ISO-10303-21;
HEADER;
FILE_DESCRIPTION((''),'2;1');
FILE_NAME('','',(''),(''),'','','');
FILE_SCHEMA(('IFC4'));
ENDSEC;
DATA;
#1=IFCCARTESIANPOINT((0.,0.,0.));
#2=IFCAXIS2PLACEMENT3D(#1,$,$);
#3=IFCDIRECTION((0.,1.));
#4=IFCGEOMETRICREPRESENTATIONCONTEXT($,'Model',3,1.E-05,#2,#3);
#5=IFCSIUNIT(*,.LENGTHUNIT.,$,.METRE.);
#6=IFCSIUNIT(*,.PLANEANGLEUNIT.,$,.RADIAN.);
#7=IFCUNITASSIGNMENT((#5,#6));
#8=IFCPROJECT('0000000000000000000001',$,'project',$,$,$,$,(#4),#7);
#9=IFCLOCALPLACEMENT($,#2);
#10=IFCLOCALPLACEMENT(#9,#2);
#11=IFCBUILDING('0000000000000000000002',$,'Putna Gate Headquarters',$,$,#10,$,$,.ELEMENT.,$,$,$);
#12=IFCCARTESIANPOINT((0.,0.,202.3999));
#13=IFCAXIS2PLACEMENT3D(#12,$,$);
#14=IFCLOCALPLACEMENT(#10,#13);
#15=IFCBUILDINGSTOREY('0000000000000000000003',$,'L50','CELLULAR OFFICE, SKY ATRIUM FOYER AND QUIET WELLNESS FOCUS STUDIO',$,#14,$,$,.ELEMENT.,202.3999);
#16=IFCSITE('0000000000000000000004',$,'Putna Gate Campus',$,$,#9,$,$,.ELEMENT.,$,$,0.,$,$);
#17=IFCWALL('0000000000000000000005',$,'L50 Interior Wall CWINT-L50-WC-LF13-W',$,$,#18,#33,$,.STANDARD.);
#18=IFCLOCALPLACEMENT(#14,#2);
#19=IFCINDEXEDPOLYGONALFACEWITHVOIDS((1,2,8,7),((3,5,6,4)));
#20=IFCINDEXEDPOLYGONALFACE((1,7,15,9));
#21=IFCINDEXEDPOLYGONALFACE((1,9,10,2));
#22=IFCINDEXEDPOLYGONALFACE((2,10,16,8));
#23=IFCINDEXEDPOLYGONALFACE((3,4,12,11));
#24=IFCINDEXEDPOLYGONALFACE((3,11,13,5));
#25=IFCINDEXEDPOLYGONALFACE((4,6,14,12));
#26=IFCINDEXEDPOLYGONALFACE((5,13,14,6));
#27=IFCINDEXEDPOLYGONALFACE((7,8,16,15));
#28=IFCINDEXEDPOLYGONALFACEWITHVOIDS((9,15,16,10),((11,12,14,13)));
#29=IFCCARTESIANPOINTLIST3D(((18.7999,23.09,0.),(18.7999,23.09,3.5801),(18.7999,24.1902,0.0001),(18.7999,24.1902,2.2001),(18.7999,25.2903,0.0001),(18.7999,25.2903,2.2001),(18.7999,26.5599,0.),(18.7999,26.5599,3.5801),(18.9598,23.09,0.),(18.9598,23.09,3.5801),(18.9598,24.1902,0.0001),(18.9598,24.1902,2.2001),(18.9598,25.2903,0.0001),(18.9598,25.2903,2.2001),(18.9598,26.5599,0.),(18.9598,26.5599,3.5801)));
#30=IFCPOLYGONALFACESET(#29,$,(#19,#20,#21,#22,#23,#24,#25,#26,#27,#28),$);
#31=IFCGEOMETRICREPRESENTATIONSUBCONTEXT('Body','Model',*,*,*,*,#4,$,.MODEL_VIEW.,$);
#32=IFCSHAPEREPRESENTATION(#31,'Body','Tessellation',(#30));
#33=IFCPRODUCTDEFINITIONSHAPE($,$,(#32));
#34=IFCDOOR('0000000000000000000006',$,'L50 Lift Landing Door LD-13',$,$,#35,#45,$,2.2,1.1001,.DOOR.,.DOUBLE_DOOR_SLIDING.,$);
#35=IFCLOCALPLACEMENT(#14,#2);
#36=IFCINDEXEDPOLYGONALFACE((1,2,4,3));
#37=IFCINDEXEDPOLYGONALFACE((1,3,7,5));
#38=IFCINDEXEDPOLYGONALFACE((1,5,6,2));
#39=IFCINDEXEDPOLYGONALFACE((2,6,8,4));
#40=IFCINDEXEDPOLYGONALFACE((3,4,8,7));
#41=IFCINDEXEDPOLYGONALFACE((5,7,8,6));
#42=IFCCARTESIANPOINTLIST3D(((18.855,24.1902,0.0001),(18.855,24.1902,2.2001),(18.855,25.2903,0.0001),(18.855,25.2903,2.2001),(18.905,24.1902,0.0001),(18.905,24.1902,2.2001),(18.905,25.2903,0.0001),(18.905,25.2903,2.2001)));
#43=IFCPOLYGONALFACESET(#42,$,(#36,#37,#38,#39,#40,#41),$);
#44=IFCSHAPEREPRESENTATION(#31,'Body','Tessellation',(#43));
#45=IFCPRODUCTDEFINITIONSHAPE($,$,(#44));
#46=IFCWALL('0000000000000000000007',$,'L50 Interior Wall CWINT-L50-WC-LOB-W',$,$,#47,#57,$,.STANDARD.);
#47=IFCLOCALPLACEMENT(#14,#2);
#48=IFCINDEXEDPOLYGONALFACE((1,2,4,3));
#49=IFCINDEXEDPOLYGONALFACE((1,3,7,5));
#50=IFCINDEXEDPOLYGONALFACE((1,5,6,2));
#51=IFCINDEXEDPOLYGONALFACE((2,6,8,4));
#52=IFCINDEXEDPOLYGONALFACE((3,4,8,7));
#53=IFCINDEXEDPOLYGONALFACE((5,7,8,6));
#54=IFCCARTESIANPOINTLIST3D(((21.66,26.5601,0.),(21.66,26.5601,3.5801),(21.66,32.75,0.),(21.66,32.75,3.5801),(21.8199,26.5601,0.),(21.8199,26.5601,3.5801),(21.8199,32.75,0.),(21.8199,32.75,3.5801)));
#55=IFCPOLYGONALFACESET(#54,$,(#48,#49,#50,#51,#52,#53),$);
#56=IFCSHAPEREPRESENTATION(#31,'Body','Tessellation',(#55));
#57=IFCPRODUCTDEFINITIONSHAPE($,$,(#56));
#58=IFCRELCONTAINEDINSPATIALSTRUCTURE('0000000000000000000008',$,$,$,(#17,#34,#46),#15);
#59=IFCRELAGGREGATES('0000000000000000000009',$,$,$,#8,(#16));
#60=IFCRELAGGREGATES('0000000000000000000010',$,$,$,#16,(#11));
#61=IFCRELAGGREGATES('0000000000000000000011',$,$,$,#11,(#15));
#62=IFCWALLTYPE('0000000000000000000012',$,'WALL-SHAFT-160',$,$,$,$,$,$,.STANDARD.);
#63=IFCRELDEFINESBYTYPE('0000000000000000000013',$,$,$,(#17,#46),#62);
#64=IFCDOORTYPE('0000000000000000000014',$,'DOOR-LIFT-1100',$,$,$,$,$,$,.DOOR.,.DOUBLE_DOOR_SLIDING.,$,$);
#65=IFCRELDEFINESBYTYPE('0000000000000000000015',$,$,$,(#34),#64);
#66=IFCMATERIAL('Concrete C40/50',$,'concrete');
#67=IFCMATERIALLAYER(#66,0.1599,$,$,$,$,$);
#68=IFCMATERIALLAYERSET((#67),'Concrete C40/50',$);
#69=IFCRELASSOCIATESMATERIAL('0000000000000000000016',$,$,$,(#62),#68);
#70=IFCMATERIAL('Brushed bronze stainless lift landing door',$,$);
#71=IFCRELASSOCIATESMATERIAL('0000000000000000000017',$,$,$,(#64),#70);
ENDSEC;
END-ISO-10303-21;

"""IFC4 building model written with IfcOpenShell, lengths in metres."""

from ifc_helpers import new_model, si_unit, direction, frame, frame_2d, origin, place, context, subcontext, project, spatial, rectangle, extrude, material, layer, layer_set, type_object, element, fill, save


model = new_model("IFC4")

# Units and contexts
model_context = context("Model", 3, precision=1e-05, world=origin(), true_north=direction((0.0, 1.0)))
body_context = subcontext(model_context, "Body", "Model", "MODEL_VIEW")
ifc_project = project(units=[si_unit("LENGTHUNIT", "METRE"), si_unit("PLANEANGLEUNIT", "RADIAN")], contexts=[model_context])

# Site, building, storey
site_placement = place(None, origin())
site = spatial("IfcSite", under=ifc_project, at=site_placement, Name="Putna Gate Campus", CompositionType="ELEMENT", RefElevation=0.0)
building_placement = place(site_placement, origin())
building = spatial("IfcBuilding", under=site, at=building_placement, Name="Putna Gate Headquarters", CompositionType="ELEMENT")
storey_placement = place(building_placement, frame((0.0, 0.0, 202.3999)))
storey = spatial("IfcBuildingStorey", under=building, at=storey_placement, Name="L50", Description="CELLULAR OFFICE, SKY ATRIUM FOYER AND QUIET WELLNESS FOCUS STUDIO", CompositionType="ELEMENT", Elevation=202.3999)

# Shared definitions
ifc_material_1 = material(Name="Concrete C40/50", Category="concrete")
ifc_layer_1 = layer(ifc_material_1, 0.1599)
ifc_layer_set_1 = layer_set([ifc_layer_1], Name="Concrete C40/50")
wall_type_1 = type_object("IfcWallType", Name="WALL-SHAFT-160", PredefinedType="STANDARD", material=ifc_layer_set_1)

# Wall, opening, door
wall_1_placement = place(storey_placement, frame((18.8799, 23.0901, 0.0), z_axis=(0.0, 0.0, 1.0), x_axis=(0.0, 1.0, 0.0)))
wall_1 = element("IfcWall", 1, at=wall_1_placement, inside=storey, type_object=wall_type_1, Name="L50 Interior Wall CWINT-L50-WC-LF13-W", PredefinedType="STANDARD", context=body_context, shape_type="SweptSolid", body=[
    extrude(rectangle(XDim=3.47, YDim=0.1599, at=frame_2d((1.7349, 0.0))), origin(), (0.0, 0.0, 1.0), 3.5801),
])
opening_1_placement = place(wall_1_placement, frame((1.1001, 0.0, 0.0)))
opening_1 = element("IfcOpeningElement", 2, at=opening_1_placement, cuts=wall_1, PredefinedType="OPENING", context=body_context, shape_type="SweptSolid", body=[
    extrude(rectangle(XDim=1.1001, YDim=2.2, at=frame_2d((0.55, 1.1001))), frame((0.0, 0.0898, 0.0), z_axis=(0.0, -1.0, 0.0), x_axis=(1.0, 0.0, 0.0)), (0.0, 0.0, 1.0), 0.1799),
])
ifc_material_2 = material(Name="Brushed bronze stainless lift landing door")
door_type_1 = type_object("IfcDoorType", Name="DOOR-LIFT-1100", OperationType="DOUBLE_DOOR_SLIDING", PredefinedType="DOOR", material=ifc_material_2)
door_1_placement = place(opening_1_placement, origin())
door_1 = element("IfcDoor", 3, at=door_1_placement, inside=storey, type_object=door_type_1, Name="L50 Lift Landing Door LD-13", OperationType="DOUBLE_DOOR_SLIDING", OverallHeight=2.2, OverallWidth=1.1001, PredefinedType="DOOR", context=body_context, shape_type="SweptSolid", body=[
    extrude(rectangle(XDim=1.1001, YDim=2.2, at=frame_2d((0.55, 1.1001))), frame((0.0, 0.0249, 0.0), z_axis=(0.0, -1.0, 0.0), x_axis=(1.0, 0.0, 0.0)), (0.0, 0.0, 1.0), 0.05),
])
fill(opening_1, door_1)

# Wall
wall_2_placement = place(storey_placement, frame((21.74, 26.5601, 0.0), z_axis=(0.0, 0.0, 1.0), x_axis=(0.0, 1.0, 0.0)))
element("IfcWall", 4, at=wall_2_placement, inside=storey, type_object=wall_type_1, Name="L50 Interior Wall CWINT-L50-WC-LOB-W", PredefinedType="STANDARD", context=body_context, shape_type="SweptSolid", body=[
    extrude(rectangle(XDim=6.1899, YDim=0.1599, at=frame_2d((3.095, 0.0))), origin(), (0.0, 0.0, 1.0), 3.5801),
])

save(model, "model.ifc")
